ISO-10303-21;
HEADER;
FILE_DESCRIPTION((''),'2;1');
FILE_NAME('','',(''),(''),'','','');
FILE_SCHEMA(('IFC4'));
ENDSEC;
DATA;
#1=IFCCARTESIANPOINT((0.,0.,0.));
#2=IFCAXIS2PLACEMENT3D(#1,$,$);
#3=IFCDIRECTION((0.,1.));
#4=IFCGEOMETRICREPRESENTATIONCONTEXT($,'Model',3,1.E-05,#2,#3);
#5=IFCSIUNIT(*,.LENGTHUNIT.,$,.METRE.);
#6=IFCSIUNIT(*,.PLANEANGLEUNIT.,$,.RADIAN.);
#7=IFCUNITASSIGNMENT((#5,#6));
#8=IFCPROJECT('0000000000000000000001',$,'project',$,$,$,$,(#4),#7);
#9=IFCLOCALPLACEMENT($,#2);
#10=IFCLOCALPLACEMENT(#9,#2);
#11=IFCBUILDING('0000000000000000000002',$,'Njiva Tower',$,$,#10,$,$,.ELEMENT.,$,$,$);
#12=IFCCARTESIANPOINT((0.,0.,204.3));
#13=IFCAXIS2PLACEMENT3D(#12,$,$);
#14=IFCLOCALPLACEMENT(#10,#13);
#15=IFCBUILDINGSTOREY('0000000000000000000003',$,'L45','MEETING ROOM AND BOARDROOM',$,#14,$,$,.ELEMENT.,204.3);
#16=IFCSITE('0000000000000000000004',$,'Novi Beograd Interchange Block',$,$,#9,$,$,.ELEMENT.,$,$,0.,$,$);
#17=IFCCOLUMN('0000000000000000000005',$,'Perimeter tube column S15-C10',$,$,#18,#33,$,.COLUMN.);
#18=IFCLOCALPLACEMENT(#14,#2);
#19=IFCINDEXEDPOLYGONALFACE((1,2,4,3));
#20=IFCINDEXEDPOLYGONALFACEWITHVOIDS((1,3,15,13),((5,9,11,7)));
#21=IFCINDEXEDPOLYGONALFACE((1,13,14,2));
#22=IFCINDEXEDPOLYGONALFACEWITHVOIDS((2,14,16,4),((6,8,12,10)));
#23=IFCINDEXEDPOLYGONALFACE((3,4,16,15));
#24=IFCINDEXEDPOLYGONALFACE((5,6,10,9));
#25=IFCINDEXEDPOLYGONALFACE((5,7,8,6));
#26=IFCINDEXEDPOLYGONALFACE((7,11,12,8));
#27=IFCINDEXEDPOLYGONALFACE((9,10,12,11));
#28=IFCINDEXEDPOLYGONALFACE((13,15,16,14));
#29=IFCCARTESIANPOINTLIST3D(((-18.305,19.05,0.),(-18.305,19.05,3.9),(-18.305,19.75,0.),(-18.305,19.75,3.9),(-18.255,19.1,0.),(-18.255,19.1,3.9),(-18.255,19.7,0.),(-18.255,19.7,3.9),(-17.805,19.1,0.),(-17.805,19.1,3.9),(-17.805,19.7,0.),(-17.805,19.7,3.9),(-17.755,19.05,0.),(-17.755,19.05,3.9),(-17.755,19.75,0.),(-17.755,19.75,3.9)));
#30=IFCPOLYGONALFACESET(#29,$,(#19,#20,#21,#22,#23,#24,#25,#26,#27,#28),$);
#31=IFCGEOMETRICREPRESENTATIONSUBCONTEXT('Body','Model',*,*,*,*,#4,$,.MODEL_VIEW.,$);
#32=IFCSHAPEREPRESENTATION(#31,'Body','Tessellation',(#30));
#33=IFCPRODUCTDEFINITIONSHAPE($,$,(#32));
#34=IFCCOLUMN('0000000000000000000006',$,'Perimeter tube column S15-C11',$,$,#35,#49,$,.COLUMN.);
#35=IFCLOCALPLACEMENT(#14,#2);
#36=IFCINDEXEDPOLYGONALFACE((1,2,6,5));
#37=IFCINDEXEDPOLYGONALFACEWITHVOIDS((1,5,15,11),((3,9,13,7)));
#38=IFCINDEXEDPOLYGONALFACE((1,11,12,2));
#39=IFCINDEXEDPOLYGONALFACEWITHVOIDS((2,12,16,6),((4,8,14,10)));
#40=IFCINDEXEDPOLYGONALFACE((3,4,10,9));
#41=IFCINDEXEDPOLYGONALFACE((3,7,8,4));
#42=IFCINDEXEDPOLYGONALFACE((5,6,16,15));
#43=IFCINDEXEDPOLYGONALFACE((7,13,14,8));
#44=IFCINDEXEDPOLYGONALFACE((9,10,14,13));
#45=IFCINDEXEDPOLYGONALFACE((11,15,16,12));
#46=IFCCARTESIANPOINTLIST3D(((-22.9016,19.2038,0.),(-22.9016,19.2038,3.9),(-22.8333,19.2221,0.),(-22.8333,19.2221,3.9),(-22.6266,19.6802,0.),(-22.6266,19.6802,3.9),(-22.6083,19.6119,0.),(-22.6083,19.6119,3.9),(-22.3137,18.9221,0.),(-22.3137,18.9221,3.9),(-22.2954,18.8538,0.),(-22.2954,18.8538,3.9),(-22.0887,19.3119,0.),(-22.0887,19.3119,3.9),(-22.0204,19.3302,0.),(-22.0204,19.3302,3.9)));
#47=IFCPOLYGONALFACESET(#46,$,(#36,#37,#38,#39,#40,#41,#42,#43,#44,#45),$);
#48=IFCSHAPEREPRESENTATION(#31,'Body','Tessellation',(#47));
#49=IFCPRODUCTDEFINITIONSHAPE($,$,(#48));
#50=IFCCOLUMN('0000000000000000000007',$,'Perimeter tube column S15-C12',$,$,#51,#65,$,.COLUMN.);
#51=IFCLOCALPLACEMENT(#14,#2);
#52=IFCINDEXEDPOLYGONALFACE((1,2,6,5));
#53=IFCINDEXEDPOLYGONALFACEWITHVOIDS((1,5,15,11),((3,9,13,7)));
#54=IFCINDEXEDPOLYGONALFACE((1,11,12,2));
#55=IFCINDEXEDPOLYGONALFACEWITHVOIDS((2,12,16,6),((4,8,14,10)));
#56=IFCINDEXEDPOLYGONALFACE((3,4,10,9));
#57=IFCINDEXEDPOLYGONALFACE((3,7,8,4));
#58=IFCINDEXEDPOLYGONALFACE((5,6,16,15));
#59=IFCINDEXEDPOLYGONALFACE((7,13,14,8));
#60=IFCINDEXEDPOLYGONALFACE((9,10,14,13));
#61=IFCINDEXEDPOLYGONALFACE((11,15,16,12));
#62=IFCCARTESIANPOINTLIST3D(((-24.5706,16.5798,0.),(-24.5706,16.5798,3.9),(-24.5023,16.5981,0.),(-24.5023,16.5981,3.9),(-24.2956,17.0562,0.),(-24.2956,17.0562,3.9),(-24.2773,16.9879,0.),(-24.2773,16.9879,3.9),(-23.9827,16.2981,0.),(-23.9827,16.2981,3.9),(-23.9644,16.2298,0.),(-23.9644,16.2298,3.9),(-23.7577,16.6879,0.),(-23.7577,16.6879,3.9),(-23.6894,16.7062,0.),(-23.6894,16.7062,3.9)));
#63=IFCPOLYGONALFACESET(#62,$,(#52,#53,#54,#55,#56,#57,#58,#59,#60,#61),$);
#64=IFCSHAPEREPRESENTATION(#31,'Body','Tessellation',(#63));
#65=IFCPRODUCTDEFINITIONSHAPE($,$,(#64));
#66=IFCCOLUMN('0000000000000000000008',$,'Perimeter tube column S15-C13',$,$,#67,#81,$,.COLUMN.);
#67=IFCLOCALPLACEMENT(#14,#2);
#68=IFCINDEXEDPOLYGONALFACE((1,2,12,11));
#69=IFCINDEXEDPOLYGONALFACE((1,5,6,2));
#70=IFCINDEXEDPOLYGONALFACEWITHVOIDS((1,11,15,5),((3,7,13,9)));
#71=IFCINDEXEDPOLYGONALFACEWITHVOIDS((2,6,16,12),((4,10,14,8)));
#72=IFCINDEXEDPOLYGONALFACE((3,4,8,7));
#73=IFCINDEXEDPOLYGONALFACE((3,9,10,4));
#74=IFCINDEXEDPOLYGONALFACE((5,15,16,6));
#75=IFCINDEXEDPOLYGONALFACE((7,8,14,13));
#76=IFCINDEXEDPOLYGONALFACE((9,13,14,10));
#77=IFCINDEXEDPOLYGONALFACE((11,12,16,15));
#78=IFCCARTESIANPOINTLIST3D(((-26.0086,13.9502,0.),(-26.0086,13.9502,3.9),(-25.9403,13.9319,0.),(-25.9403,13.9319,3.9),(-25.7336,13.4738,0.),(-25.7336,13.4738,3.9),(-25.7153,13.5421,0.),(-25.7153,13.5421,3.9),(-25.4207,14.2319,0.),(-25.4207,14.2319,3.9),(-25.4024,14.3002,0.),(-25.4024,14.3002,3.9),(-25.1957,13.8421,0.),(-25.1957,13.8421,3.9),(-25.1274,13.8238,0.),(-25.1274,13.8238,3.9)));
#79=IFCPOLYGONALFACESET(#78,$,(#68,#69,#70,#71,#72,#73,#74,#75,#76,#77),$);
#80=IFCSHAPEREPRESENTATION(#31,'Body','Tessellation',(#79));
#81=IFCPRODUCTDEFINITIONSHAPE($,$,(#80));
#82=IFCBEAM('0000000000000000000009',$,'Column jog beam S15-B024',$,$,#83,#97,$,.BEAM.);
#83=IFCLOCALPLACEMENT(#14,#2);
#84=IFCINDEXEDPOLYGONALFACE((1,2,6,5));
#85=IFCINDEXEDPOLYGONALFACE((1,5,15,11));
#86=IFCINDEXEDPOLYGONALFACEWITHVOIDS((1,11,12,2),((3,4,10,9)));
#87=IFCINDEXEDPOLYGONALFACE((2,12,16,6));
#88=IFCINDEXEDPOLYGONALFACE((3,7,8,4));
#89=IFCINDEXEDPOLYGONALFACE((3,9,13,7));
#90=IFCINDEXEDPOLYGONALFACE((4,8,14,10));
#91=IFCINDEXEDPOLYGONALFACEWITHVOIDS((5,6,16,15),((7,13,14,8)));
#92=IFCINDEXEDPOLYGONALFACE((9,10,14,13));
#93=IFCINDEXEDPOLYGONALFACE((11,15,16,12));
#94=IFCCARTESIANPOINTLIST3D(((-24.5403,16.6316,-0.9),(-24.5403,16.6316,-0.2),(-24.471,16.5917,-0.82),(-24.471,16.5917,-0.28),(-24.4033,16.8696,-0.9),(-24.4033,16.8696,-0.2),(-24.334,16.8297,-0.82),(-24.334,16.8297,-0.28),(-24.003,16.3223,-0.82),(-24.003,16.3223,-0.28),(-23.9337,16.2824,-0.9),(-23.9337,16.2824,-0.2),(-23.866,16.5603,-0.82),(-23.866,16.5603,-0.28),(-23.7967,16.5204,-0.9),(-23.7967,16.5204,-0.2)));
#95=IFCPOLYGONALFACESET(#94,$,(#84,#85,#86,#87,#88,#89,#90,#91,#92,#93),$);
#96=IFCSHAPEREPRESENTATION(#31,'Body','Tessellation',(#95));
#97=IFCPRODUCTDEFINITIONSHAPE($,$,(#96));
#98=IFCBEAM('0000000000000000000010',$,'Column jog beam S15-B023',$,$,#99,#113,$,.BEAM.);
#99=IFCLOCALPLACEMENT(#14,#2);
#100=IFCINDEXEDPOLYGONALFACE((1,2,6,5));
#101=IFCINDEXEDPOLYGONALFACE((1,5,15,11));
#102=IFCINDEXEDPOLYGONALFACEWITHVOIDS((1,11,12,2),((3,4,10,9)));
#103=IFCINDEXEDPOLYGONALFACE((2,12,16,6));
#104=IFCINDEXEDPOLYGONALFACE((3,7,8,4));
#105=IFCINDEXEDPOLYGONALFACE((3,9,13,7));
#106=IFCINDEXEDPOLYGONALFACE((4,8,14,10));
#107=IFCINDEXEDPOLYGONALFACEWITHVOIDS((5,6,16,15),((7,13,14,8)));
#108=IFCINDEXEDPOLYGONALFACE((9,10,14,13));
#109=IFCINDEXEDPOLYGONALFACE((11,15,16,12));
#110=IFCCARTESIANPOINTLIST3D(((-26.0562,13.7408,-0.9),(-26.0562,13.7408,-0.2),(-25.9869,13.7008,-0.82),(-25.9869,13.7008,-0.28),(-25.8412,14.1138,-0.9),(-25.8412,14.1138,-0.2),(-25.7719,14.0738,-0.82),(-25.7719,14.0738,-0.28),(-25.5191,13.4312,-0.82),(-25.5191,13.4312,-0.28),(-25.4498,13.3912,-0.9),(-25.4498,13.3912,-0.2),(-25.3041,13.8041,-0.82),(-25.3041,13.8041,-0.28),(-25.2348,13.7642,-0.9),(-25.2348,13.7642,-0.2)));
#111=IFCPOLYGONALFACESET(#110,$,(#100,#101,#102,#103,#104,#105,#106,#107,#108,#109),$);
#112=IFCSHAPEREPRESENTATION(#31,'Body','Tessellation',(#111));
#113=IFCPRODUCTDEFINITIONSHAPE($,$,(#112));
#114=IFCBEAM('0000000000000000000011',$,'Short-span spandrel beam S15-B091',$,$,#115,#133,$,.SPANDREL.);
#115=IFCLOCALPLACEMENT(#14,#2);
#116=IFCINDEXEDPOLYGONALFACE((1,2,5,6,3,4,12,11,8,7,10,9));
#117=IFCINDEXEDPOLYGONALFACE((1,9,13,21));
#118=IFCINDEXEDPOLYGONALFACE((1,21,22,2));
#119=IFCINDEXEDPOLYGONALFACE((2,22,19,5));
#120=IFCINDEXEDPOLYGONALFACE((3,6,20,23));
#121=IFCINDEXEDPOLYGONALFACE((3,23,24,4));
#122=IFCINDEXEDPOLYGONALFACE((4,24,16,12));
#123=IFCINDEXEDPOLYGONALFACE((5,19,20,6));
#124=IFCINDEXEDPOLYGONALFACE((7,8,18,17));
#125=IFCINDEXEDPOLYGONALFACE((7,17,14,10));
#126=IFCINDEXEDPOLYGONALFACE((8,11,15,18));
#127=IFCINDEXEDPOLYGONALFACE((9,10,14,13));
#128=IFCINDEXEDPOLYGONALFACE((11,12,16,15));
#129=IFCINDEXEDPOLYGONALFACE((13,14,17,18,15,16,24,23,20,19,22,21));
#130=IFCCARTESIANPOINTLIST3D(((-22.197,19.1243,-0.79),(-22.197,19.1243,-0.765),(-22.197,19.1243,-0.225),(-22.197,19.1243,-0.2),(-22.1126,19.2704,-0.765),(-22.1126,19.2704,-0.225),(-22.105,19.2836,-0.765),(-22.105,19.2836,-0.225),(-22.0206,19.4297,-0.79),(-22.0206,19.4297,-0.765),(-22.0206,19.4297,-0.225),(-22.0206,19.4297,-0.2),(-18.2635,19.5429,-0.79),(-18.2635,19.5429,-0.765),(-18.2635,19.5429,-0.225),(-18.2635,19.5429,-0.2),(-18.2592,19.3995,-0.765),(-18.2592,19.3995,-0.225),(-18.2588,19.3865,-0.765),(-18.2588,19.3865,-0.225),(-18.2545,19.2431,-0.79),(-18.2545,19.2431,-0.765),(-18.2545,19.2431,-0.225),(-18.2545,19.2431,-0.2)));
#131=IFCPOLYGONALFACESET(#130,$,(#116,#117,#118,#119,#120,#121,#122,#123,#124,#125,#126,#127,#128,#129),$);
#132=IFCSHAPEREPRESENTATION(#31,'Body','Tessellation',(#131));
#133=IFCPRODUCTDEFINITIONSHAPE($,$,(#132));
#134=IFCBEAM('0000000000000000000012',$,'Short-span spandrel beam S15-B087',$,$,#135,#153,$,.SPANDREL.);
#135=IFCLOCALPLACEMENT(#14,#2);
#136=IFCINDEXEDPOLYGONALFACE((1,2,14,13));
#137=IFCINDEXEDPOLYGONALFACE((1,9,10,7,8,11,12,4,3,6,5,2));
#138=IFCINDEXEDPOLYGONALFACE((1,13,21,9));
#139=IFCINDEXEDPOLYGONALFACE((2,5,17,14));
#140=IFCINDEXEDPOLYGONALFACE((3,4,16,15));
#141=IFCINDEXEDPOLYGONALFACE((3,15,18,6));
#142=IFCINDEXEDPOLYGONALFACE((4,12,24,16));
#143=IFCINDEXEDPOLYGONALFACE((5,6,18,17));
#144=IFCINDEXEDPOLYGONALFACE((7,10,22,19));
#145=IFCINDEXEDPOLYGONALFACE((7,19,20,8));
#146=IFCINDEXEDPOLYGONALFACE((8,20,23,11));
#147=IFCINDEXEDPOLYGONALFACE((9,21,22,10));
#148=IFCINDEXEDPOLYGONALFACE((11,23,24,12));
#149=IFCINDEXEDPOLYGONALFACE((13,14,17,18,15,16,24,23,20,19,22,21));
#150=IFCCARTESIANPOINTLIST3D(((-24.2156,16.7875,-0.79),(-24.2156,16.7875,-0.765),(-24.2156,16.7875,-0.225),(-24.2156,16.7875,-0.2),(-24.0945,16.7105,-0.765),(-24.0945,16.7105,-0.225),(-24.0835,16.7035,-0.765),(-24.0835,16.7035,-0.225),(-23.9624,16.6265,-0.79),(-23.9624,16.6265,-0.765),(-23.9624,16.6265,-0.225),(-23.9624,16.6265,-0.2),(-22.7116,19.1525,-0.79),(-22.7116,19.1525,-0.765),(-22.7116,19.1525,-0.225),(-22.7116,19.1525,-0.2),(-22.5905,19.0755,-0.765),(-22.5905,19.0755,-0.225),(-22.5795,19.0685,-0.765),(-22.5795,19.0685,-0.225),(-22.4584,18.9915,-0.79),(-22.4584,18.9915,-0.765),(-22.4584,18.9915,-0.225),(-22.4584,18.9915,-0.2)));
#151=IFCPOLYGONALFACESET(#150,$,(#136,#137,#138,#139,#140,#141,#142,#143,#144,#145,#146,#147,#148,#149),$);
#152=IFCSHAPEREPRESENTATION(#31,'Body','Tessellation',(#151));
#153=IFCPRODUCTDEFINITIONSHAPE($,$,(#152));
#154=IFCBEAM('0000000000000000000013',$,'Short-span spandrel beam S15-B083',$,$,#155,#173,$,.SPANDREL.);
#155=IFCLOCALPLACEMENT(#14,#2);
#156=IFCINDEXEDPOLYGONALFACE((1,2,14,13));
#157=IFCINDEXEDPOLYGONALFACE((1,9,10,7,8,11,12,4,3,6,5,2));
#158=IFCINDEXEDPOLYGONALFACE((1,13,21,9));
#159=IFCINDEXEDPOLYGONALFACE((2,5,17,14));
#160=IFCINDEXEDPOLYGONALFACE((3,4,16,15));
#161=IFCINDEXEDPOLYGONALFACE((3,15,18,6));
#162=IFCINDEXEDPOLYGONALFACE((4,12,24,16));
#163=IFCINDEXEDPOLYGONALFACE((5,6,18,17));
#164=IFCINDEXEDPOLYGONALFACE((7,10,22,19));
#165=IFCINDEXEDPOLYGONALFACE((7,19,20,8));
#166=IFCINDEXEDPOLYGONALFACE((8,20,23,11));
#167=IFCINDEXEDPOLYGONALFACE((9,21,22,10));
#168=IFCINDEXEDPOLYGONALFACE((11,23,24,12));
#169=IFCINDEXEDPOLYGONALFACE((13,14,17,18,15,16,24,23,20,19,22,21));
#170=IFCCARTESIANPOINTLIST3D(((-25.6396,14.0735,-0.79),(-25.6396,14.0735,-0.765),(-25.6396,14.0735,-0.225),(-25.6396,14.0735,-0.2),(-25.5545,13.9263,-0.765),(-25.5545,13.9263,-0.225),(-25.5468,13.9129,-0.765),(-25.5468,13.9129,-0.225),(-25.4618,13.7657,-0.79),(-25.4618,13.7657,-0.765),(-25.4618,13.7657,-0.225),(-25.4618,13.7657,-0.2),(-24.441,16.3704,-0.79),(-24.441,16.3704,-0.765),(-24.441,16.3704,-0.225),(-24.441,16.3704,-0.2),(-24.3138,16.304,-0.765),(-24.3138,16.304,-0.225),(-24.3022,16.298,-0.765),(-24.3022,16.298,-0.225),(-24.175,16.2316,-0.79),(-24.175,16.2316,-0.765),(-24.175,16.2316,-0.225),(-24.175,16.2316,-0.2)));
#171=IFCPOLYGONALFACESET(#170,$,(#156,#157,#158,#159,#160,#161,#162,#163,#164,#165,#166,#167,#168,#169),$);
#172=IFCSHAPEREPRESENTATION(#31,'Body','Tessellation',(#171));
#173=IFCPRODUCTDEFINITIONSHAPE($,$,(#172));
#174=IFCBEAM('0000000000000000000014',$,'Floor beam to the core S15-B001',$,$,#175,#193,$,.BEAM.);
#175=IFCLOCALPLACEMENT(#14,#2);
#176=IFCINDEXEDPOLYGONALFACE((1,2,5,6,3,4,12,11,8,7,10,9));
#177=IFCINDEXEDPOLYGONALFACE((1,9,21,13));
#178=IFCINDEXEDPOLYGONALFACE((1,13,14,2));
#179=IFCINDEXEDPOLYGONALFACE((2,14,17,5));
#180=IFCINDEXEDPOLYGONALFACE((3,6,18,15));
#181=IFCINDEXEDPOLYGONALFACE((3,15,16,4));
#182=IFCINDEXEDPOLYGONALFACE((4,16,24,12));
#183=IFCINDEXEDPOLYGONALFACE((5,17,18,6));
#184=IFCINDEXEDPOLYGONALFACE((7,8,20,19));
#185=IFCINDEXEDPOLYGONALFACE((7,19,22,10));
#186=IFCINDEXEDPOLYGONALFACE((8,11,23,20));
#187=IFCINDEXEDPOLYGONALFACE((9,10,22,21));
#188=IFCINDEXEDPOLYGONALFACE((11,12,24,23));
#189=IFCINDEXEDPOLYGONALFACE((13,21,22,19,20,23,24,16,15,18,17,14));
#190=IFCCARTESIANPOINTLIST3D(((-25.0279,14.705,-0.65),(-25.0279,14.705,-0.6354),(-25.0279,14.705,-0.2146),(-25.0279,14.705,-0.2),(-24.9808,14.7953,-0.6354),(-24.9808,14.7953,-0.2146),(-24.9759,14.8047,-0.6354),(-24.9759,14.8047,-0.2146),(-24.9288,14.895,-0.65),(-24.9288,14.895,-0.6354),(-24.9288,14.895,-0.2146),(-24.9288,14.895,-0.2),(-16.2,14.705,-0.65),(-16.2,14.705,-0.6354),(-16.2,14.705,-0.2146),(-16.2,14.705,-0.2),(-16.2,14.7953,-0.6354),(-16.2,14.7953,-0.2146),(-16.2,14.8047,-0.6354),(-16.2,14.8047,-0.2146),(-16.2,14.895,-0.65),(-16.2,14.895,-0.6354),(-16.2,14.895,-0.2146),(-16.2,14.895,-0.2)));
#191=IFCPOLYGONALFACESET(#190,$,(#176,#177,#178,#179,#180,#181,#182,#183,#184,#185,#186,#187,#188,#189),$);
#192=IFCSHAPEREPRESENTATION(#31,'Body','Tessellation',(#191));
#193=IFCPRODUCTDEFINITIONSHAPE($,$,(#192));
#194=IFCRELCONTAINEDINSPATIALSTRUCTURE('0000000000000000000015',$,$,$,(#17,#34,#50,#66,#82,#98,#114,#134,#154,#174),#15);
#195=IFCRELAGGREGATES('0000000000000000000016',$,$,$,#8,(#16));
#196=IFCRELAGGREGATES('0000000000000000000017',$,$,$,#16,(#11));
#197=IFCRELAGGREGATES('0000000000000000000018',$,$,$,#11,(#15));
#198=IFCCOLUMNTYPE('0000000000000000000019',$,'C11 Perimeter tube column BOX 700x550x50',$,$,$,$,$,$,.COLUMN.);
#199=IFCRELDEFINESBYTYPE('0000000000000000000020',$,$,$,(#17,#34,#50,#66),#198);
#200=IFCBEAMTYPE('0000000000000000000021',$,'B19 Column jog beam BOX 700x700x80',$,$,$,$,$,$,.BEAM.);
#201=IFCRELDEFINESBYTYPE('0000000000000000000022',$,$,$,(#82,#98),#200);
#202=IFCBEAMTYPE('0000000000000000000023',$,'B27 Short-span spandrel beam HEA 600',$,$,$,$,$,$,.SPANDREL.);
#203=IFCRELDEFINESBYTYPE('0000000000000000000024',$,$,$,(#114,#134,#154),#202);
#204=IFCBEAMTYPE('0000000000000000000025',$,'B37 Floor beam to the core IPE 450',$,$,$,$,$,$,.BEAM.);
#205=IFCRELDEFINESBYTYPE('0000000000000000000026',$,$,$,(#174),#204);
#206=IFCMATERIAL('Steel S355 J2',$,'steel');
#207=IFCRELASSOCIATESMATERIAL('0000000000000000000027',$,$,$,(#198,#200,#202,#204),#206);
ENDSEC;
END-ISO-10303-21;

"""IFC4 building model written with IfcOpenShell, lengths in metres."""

from ifc_helpers import new_model, si_unit, direction, frame, origin, origin_2d, place, context, subcontext, project, spatial, hollow_rectangle, i_section, extrude, clip, halfspace, material, material_profile, profile_set, type_object, element, save


model = new_model("IFC4")

# Units and contexts
model_context = context("Model", 3, precision=1e-05, world=origin(), true_north=direction((0.0, 1.0)))
body_context = subcontext(model_context, "Body", "Model", "MODEL_VIEW")
ifc_project = project(units=[si_unit("LENGTHUNIT", "METRE"), si_unit("PLANEANGLEUNIT", "RADIAN")], contexts=[model_context])

# Site, building, storey
site_placement = place(None, origin())
site = spatial("IfcSite", under=ifc_project, at=site_placement, Name="Novi Beograd Interchange Block", CompositionType="ELEMENT", RefElevation=0.0)
building_placement = place(site_placement, origin())
building = spatial("IfcBuilding", under=site, at=building_placement, Name="Njiva Tower", CompositionType="ELEMENT")
storey_placement = place(building_placement, frame((0.0, 0.0, 204.3)))
storey = spatial("IfcBuildingStorey", under=building, at=storey_placement, Name="L45", Description="MEETING ROOM AND BOARDROOM", CompositionType="ELEMENT", Elevation=204.3)

# Columns
ifc_material_1 = material(Name="Steel S355 J2", Category="steel")
ifc_material_profile_1 = material_profile(ifc_material_1, hollow_rectangle(XDim=0.55, YDim=0.7, WallThickness=0.05, at=origin_2d()), Name="BOX 700x550x50")
ifc_profile_set_1 = profile_set([ifc_material_profile_1], Name="Steel S355 J2")
column_type = type_object("IfcColumnType", Name="C11 Perimeter tube column BOX 700x550x50", PredefinedType="COLUMN", material=ifc_profile_set_1)
for number, where, z_axis, x_axis, name in (
    (1, (-18.03, 19.4, 0.0), (0.0, 0.0, 1.0), (-1.0, 0.0, 0.0), "Perimeter tube column S15-C10"),
    (2, (-22.461, 19.267, 0.0), (0.0, 0.0, 1.0), (-0.5, -0.866025, 0.0), "Perimeter tube column S15-C11"),
    (3, (-24.13, 16.643, 0.0), (0.0, 0.0, 1.0), (-0.5, -0.866025, 0.0), "Perimeter tube column S15-C12"),
    (4, (-25.568, 13.887, 0.0), (0.0, 0.0, 1.0), (0.5, -0.866025, 0.0), "Perimeter tube column S15-C13"),
):
    element("IfcColumn", number, at=place(storey_placement, frame(where, z_axis=z_axis, x_axis=x_axis)), inside=storey, type_object=column_type, Name=name, PredefinedType="COLUMN", context=body_context, shape_type="SweptSolid", body=[
        extrude(hollow_rectangle(XDim=0.55, YDim=0.7, WallThickness=0.05, at=origin_2d()), origin(), (0.0, 0.0, 1.0), 3.9),
    ])

# Beams
ifc_material_profile_2 = material_profile(ifc_material_1, hollow_rectangle(XDim=0.7, YDim=0.7, WallThickness=0.08, at=origin_2d()), Name="BOX 700x700x80")
ifc_profile_set_2 = profile_set([ifc_material_profile_2], Name="Steel S355 J2")
beam_type_1 = type_object("IfcBeamType", Name="B19 Column jog beam BOX 700x700x80", PredefinedType="BEAM", material=ifc_profile_set_2)
beam_1_placement = place(storey_placement, frame((-24.237, 16.457, -0.55), z_axis=(0.498882, 0.86667, 0.0), x_axis=(-0.86667, 0.498882, 0.0)))
element("IfcBeam", 5, at=beam_1_placement, inside=storey, type_object=beam_type_1, Name="Column jog beam S15-B024", PredefinedType="BEAM", context=body_context, shape_type="SweptSolid", body=[
    extrude(hollow_rectangle(XDim=0.7, YDim=0.7, WallThickness=0.08, at=origin_2d()), origin(), (0.0, 0.0, 1.0), 0.2746),
])
beam_2_placement = place(storey_placement, frame((-25.753, 13.566, -0.55), z_axis=(0.499387, 0.866379, 0.0), x_axis=(-0.866379, 0.499387, 0.0)))
element("IfcBeam", 6, at=beam_2_placement, inside=storey, type_object=beam_type_1, Name="Column jog beam S15-B023", PredefinedType="BEAM", context=body_context, shape_type="SweptSolid", body=[
    extrude(hollow_rectangle(XDim=0.7, YDim=0.7, WallThickness=0.08, at=origin_2d()), origin(), (0.0, 0.0, 1.0), 0.4305),
])
ifc_material_profile_3 = material_profile(ifc_material_1, i_section(OverallWidth=0.3, OverallDepth=0.59, WebThickness=0.013, FlangeThickness=0.025, at=origin_2d()), Name="HEA 600")
ifc_profile_set_3 = profile_set([ifc_material_profile_3], Name="Steel S355 J2")
beam_type_2 = type_object("IfcBeamType", Name="B27 Short-span spandrel beam HEA 600", PredefinedType="SPANDREL", material=ifc_profile_set_3)
beam_3_placement = place(storey_placement, frame((-18.259, 19.393, -0.495), z_axis=(-0.999546, -0.030116, 0.0), x_axis=(0.030116, -0.999546, 0.0)))
element("IfcBeam", 7, at=beam_3_placement, inside=storey, type_object=beam_type_2, Name="Short-span spandrel beam S15-B091", PredefinedType="SPANDREL", context=body_context, shape_type="Clipping", body=[
    clip(extrude(i_section(OverallWidth=0.3, OverallDepth=0.59, WebThickness=0.013, FlangeThickness=0.025, at=origin_2d()), origin(), (0.0, 0.0, 1.0), 3.9647), halfspace(frame((-0.0268, 0.0, 3.835), z_axis=(-0.525853, 0.0, 0.850576), x_axis=(0.0, 1.0, 0.0)), False)),
])
beam_4_placement = place(storey_placement, frame((-22.585, 19.072, -0.495), z_axis=(-0.536622, -0.843823, 0.0), x_axis=(0.843823, -0.536622, 0.0)))
element("IfcBeam", 8, at=beam_4_placement, inside=storey, type_object=beam_type_2, Name="Short-span spandrel beam S15-B087", PredefinedType="SPANDREL", context=body_context, shape_type="SweptSolid", body=[
    extrude(i_section(OverallWidth=0.3, OverallDepth=0.59, WebThickness=0.013, FlangeThickness=0.025, at=origin_2d()), origin(), (0.0, 0.0, 1.0), 2.8027),
])
beam_5_placement = place(storey_placement, frame((-24.308, 16.301, -0.495), z_axis=(-0.46263, -0.886552, 0.0), x_axis=(0.886552, -0.46263, 0.0)))
element("IfcBeam", 9, at=beam_5_placement, inside=storey, type_object=beam_type_2, Name="Short-span spandrel beam S15-B083", PredefinedType="SPANDREL", context=body_context, shape_type="Clipping", body=[
    clip(extrude(i_section(OverallWidth=0.3, OverallDepth=0.59, WebThickness=0.013, FlangeThickness=0.025, at=origin_2d()), origin(), (0.0, 0.0, 1.0), 2.8018), halfspace(frame((-0.0265, 0.0, 2.6693), z_axis=(-0.536463, 0.0, 0.843924), x_axis=(0.0, 1.0, 0.0)), False)),
])
ifc_material_profile_4 = material_profile(ifc_material_1, i_section(OverallWidth=0.19, OverallDepth=0.45, WebThickness=0.0094, FlangeThickness=0.0146, at=origin_2d()), Name="IPE 450")
ifc_profile_set_4 = profile_set([ifc_material_profile_4], Name="Steel S355 J2")
beam_type_3 = type_object("IfcBeamType", Name="B37 Floor beam to the core IPE 450", PredefinedType="BEAM", material=ifc_profile_set_4)
beam_6_placement = place(storey_placement, frame((-25.048, 14.8, -0.425), z_axis=(1.0, 0.0, 0.0), x_axis=(0.0, 1.0, 0.0)))
element("IfcBeam", 10, at=beam_6_placement, inside=storey, type_object=beam_type_3, Name="Floor beam to the core S15-B001", PredefinedType="BEAM", context=body_context, shape_type="Clipping", body=[
    clip(extrude(i_section(OverallWidth=0.19, OverallDepth=0.45, WebThickness=0.0094, FlangeThickness=0.0146, at=origin_2d()), origin(), (0.0, 0.0, 1.0), 8.848), halfspace(frame((0.0231, 0.0, 0.0817), z_axis=(0.46246, 0.0, -0.88664), x_axis=(0.0, -1.0, 0.0)), False)),
])

save(model, "model.ifc")
